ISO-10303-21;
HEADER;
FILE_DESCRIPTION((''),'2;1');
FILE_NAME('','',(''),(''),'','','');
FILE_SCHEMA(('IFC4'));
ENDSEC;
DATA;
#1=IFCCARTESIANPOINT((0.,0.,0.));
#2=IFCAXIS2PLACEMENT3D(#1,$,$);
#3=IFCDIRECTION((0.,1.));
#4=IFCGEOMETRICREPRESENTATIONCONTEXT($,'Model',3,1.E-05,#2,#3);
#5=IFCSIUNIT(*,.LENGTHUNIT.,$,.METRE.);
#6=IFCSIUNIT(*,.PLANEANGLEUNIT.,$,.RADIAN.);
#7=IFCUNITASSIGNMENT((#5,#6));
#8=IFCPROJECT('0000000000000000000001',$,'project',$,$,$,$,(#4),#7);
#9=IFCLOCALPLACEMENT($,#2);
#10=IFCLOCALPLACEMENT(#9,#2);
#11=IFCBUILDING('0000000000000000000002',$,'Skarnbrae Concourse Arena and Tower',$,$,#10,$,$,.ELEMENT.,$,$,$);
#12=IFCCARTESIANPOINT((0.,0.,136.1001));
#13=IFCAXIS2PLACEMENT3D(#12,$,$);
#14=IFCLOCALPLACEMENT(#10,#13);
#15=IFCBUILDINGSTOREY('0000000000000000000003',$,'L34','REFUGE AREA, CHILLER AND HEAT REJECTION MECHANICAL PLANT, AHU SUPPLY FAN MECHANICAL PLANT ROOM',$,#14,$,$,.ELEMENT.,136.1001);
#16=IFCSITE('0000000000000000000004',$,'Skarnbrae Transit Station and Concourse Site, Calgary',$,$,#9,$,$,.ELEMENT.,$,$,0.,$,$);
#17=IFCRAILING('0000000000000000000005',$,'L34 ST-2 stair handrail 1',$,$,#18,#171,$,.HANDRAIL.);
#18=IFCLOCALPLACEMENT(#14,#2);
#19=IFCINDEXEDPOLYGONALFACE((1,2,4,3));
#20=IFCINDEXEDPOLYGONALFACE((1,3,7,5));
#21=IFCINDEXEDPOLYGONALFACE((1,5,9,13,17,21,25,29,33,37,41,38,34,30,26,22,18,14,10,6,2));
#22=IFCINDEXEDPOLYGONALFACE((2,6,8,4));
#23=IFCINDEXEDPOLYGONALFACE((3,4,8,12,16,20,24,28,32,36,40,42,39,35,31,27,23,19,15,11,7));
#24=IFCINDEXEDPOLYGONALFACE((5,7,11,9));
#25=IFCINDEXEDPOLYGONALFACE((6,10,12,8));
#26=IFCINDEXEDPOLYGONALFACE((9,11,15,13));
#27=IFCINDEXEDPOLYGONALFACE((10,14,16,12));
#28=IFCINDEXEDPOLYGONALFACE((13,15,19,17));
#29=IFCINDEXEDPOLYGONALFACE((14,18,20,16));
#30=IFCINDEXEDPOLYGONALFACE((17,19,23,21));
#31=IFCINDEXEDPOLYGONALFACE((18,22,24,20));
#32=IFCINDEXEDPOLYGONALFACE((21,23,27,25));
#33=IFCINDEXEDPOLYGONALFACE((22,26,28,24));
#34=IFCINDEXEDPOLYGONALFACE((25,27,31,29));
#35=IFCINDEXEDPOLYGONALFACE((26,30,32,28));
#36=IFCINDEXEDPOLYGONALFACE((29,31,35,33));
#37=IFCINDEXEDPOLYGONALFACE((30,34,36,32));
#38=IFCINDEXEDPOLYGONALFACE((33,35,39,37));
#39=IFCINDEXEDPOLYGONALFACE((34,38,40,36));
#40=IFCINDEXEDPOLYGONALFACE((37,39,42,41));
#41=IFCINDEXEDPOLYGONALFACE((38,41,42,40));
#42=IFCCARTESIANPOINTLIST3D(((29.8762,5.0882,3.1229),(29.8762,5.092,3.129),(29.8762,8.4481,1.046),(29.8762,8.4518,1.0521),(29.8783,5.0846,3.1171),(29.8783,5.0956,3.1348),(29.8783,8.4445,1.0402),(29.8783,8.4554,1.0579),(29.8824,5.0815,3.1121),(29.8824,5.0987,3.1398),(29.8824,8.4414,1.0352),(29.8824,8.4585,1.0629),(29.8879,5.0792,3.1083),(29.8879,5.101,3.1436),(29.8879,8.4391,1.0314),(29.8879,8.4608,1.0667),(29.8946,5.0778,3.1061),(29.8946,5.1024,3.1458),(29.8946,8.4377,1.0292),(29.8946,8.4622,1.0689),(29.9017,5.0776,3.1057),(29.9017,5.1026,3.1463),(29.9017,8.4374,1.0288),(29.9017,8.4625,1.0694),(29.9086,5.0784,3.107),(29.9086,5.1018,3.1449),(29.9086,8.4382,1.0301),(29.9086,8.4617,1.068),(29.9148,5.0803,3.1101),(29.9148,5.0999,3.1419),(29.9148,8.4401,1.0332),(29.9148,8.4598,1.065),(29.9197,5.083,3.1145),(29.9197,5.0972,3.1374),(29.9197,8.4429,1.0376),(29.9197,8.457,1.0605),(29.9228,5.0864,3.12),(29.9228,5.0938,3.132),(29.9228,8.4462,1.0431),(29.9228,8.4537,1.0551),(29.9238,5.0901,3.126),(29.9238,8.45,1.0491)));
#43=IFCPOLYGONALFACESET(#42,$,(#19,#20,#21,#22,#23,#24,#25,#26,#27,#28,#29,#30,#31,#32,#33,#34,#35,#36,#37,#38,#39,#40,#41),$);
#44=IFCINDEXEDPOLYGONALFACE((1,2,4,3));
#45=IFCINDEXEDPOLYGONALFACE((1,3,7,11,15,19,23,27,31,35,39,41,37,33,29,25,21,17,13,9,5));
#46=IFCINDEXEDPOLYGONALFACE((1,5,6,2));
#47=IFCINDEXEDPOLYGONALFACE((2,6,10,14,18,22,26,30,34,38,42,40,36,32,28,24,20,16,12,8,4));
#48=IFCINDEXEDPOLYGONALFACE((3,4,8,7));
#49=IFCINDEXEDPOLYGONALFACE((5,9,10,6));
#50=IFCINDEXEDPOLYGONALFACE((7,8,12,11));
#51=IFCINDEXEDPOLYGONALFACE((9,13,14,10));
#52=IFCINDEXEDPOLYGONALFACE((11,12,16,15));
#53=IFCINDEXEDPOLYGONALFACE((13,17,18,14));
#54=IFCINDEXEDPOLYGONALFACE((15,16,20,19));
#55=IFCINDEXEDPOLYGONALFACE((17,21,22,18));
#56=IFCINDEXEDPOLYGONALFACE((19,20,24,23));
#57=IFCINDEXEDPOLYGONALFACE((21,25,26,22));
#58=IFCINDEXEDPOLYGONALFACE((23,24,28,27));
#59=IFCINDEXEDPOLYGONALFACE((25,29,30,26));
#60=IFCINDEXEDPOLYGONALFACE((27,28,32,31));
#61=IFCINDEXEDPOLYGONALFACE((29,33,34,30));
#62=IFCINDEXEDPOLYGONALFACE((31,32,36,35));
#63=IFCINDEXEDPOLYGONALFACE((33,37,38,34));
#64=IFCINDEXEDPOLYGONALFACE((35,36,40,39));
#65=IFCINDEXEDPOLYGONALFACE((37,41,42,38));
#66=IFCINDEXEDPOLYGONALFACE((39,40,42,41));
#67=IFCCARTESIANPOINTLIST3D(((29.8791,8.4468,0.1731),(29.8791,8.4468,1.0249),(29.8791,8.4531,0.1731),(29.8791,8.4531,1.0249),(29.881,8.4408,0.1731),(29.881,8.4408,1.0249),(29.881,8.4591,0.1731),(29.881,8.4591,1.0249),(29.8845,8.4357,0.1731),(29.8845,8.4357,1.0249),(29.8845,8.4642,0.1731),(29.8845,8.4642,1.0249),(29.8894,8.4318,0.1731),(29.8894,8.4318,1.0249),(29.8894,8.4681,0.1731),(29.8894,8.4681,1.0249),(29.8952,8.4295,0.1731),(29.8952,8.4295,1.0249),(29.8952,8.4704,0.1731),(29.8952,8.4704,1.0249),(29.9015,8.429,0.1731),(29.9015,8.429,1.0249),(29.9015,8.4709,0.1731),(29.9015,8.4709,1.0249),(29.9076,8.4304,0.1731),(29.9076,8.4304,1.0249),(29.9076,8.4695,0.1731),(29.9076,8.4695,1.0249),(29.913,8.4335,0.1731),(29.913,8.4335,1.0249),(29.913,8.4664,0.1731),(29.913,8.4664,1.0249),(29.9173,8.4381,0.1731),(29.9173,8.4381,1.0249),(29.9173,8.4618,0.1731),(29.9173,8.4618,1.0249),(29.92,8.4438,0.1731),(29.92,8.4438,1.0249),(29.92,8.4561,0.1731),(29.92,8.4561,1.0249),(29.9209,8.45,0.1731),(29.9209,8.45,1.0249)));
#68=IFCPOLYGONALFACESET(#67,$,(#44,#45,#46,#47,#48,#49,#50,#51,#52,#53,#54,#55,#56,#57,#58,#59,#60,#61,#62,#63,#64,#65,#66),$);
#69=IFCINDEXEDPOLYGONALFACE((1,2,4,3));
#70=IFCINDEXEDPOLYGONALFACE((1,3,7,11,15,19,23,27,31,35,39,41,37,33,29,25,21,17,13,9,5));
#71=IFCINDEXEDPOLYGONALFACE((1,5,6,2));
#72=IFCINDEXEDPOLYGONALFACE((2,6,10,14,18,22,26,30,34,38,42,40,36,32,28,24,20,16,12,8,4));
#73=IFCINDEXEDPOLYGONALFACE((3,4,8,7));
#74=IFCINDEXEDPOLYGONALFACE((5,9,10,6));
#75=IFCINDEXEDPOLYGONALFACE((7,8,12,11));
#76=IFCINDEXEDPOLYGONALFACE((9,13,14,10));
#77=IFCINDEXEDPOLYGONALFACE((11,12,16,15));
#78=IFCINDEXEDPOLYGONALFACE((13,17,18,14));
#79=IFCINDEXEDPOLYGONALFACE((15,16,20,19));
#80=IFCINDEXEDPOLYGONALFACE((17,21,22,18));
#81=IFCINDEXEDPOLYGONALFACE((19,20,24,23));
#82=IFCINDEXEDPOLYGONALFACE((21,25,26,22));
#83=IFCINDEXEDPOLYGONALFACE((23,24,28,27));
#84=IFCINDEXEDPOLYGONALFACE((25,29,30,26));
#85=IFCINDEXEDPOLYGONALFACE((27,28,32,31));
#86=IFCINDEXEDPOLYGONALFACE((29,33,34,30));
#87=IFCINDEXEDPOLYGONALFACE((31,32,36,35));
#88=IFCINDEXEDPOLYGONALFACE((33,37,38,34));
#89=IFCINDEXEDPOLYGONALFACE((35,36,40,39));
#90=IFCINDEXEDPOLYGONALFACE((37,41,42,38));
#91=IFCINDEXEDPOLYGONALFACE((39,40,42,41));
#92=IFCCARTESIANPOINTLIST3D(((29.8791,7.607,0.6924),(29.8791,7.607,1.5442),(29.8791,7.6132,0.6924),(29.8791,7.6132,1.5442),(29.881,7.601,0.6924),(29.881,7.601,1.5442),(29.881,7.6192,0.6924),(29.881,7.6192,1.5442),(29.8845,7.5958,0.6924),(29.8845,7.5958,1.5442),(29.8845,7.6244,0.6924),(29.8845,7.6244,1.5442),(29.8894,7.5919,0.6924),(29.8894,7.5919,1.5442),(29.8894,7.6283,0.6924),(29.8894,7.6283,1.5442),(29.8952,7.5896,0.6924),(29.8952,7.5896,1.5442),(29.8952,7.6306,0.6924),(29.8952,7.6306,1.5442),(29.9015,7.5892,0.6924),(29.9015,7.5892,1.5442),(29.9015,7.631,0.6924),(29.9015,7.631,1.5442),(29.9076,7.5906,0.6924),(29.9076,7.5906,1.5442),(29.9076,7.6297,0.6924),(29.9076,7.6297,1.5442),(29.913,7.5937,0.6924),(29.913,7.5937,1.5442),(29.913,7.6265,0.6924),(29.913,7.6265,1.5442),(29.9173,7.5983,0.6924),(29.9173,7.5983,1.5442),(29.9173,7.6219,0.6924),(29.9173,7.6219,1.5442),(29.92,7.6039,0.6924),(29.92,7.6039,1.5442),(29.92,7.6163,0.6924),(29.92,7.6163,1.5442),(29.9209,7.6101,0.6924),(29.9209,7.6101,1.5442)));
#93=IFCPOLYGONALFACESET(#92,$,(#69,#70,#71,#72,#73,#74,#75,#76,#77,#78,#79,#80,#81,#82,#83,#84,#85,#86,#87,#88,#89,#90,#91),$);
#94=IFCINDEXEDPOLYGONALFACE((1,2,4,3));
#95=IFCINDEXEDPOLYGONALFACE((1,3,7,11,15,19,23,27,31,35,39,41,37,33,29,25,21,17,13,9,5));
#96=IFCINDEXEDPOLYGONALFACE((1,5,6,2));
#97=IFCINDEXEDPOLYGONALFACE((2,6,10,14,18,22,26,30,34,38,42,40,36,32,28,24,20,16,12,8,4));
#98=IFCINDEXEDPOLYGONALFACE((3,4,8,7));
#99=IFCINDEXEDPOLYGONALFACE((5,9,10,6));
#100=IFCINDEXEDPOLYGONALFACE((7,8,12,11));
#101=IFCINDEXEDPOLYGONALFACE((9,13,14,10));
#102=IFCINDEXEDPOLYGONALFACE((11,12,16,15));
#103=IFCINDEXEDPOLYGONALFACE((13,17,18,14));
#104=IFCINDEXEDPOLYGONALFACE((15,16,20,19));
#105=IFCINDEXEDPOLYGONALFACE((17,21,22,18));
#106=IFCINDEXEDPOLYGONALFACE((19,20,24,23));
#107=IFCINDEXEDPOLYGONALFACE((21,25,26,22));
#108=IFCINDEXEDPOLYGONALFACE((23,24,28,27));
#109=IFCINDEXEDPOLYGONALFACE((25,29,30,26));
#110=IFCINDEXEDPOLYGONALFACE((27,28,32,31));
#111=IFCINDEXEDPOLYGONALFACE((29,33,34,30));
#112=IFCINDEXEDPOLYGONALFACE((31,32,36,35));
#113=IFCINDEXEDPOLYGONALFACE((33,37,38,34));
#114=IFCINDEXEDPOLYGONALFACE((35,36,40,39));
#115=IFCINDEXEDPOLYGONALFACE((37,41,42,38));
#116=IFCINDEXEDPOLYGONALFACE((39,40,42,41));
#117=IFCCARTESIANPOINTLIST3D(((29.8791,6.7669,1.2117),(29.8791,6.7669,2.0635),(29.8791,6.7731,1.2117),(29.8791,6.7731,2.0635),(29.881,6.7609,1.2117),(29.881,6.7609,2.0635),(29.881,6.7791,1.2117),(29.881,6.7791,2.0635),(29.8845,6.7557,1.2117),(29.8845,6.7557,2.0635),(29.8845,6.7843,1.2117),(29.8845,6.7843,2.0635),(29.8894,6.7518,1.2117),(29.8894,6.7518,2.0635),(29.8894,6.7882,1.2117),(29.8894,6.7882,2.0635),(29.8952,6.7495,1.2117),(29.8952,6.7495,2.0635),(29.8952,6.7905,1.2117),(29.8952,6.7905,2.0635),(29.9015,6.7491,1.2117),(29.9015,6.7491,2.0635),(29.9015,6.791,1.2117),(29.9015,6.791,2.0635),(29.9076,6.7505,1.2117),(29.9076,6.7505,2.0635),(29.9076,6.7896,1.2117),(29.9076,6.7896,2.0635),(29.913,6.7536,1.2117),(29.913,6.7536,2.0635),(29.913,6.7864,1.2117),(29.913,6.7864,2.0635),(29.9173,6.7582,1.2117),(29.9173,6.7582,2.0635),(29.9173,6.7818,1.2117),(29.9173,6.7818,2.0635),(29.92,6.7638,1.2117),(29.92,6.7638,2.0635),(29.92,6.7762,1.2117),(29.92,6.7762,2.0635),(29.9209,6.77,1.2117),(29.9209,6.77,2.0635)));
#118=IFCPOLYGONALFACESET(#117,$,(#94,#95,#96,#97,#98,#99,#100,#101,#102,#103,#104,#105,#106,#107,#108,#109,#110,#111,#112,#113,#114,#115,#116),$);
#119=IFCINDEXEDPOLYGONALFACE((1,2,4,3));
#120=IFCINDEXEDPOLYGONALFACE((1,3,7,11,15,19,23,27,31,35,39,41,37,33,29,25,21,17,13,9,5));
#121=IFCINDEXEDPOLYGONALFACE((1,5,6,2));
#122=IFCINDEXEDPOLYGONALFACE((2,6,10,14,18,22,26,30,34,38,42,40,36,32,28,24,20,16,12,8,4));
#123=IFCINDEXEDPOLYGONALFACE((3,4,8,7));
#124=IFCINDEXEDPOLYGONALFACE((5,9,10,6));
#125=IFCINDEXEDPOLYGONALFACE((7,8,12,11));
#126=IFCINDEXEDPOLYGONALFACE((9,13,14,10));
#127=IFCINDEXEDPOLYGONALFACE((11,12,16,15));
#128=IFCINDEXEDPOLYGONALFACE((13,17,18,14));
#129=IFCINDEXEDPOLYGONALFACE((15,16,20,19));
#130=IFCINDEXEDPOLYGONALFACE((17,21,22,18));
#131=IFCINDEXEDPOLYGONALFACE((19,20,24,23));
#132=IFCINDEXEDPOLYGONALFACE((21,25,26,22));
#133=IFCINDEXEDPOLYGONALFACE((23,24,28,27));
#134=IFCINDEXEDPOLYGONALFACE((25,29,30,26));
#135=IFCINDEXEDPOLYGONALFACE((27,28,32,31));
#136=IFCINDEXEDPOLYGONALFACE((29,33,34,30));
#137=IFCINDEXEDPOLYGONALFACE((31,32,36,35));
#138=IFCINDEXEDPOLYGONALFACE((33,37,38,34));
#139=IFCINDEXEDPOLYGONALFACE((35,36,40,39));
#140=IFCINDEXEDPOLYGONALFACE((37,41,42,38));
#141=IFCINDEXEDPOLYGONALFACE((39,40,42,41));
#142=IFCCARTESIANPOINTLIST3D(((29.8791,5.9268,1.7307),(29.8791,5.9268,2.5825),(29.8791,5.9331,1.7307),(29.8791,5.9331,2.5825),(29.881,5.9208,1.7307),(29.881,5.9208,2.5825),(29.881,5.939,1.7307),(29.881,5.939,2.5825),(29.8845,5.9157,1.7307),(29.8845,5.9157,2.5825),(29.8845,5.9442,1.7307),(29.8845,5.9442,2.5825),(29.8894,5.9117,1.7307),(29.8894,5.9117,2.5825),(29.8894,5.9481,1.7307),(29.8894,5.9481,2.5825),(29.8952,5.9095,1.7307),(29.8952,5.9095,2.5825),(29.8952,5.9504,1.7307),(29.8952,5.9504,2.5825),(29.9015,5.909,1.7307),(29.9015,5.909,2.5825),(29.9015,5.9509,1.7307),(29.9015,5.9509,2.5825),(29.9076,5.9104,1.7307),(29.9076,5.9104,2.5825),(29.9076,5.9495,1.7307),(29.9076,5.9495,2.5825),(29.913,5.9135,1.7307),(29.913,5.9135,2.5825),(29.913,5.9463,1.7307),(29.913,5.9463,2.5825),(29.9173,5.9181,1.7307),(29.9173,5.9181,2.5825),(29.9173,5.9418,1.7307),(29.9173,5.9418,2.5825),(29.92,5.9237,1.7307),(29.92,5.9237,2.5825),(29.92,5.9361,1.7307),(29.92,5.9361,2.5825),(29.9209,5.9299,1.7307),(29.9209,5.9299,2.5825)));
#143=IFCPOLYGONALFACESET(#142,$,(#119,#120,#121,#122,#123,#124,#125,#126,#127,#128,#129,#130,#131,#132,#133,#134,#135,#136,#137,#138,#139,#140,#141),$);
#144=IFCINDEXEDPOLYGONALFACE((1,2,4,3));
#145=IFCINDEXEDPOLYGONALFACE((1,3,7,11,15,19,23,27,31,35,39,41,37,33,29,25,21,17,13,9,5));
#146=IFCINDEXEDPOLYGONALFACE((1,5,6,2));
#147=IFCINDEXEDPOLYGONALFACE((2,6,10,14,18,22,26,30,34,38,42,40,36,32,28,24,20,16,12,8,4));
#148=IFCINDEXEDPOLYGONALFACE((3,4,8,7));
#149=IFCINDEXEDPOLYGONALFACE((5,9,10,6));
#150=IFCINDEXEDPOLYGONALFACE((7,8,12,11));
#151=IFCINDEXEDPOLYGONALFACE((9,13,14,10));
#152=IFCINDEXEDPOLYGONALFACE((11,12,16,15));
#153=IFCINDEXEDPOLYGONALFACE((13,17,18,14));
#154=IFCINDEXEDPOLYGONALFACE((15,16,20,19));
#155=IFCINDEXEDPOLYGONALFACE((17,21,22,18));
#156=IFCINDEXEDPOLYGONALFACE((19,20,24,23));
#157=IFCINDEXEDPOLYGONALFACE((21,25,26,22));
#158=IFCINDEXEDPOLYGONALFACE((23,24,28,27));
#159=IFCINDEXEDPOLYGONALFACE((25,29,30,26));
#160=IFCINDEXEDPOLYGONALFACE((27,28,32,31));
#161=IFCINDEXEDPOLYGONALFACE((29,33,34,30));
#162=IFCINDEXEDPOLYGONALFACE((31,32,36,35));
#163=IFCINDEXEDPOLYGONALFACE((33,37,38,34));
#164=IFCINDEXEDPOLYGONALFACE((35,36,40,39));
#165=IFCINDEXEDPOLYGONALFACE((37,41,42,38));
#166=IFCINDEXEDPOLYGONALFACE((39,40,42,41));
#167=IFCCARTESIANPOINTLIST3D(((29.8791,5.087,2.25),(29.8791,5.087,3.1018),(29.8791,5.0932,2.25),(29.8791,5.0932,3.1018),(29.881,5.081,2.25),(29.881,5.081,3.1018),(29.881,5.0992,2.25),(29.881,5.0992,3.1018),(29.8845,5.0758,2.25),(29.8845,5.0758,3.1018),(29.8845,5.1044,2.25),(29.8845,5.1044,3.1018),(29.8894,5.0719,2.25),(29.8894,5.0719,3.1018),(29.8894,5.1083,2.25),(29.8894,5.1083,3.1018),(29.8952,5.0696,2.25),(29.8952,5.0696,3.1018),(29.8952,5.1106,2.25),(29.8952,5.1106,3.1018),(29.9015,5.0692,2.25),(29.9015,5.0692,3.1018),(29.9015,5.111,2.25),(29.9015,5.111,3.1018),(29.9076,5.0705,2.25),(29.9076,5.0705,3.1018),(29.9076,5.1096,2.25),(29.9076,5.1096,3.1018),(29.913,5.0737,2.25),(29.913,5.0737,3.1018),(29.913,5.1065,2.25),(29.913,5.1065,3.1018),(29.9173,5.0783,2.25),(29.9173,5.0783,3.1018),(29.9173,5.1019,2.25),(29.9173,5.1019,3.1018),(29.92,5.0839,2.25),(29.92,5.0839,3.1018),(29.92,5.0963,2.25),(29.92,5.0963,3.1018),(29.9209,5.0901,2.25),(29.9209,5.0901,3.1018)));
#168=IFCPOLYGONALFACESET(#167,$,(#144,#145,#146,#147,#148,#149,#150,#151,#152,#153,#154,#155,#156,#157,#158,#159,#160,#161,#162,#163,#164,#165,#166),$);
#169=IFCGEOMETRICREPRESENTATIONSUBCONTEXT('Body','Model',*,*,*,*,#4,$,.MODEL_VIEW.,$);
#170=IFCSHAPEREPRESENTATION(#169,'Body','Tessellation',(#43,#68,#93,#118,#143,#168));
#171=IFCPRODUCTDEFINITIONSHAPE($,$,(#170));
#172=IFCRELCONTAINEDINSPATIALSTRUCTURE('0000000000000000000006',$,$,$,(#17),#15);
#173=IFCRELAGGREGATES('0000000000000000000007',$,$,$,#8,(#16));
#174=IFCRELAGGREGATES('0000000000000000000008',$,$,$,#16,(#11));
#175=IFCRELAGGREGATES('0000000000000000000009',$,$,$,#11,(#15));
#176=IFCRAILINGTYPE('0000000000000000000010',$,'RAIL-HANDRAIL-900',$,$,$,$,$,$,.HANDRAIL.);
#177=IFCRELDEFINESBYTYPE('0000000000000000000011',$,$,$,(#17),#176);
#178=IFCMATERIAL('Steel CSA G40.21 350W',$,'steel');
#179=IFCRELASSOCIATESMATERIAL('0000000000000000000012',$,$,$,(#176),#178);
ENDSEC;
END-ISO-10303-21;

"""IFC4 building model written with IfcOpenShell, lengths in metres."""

from ifc_helpers import new_model, si_unit, direction, frame, origin, origin_2d, place, context, subcontext, project, spatial, circle, extrude, material, type_object, element, save


model = new_model("IFC4")

# Units and contexts
model_context = context("Model", 3, precision=1e-05, world=origin(), true_north=direction((0.0, 1.0)))
body_context = subcontext(model_context, "Body", "Model", "MODEL_VIEW")
ifc_project = project(units=[si_unit("LENGTHUNIT", "METRE"), si_unit("PLANEANGLEUNIT", "RADIAN")], contexts=[model_context])

# Site, building, storey
site_placement = place(None, origin())
site = spatial("IfcSite", under=ifc_project, at=site_placement, Name="Skarnbrae Transit Station and Concourse Site, Calgary", CompositionType="ELEMENT", RefElevation=0.0)
building_placement = place(site_placement, origin())
building = spatial("IfcBuilding", under=site, at=building_placement, Name="Skarnbrae Concourse Arena and Tower", CompositionType="ELEMENT")
storey_placement = place(building_placement, frame((0.0, 0.0, 136.1001)))
storey = spatial("IfcBuildingStorey", under=building, at=storey_placement, Name="L34", Description="REFUGE AREA, CHILLER AND HEAT REJECTION MECHANICAL PLANT, AHU SUPPLY FAN MECHANICAL PLANT ROOM", CompositionType="ELEMENT", Elevation=136.1001)

# Shared definitions
ifc_material_1 = material(Name="Steel CSA G40.21 350W", Category="steel")

# Railing
railing_type_1 = type_object("IfcRailingType", Name="RAIL-HANDRAIL-900", PredefinedType="HANDRAIL", material=ifc_material_1)
railing_1_placement = place(storey_placement, frame((29.8999, 8.45, 0.1731)))
element("IfcRailing", 1, at=railing_1_placement, inside=storey, type_object=railing_type_1, Name="L34 ST-2 stair handrail 1", PredefinedType="HANDRAIL", context=body_context, shape_type="SweptSolid", body=[
    extrude(circle(Radius=0.0239, at=origin_2d()), frame((0.0, 0.0, 0.876), z_axis=(0.0, -0.850606, 0.525803), x_axis=(1.0, 0.0, 0.0)), (0.0, 0.0, 1.0), 3.95),
    extrude(circle(Radius=0.021, at=origin_2d()), origin(), (0.0, 0.0, 1.0), 0.8518),
    extrude(circle(Radius=0.021, at=origin_2d()), frame((0.0, -0.8398, 0.5193)), (0.0, 0.0, 1.0), 0.8518),
    extrude(circle(Radius=0.021, at=origin_2d()), frame((0.0, -1.6799, 1.0386)), (0.0, 0.0, 1.0), 0.8518),
    extrude(circle(Radius=0.021, at=origin_2d()), frame((0.0, -2.52, 1.5576)), (0.0, 0.0, 1.0), 0.8518),
    extrude(circle(Radius=0.021, at=origin_2d()), frame((0.0, -3.3599, 2.0769)), (0.0, 0.0, 1.0), 0.8518),
])

save(model, "model.ifc")
